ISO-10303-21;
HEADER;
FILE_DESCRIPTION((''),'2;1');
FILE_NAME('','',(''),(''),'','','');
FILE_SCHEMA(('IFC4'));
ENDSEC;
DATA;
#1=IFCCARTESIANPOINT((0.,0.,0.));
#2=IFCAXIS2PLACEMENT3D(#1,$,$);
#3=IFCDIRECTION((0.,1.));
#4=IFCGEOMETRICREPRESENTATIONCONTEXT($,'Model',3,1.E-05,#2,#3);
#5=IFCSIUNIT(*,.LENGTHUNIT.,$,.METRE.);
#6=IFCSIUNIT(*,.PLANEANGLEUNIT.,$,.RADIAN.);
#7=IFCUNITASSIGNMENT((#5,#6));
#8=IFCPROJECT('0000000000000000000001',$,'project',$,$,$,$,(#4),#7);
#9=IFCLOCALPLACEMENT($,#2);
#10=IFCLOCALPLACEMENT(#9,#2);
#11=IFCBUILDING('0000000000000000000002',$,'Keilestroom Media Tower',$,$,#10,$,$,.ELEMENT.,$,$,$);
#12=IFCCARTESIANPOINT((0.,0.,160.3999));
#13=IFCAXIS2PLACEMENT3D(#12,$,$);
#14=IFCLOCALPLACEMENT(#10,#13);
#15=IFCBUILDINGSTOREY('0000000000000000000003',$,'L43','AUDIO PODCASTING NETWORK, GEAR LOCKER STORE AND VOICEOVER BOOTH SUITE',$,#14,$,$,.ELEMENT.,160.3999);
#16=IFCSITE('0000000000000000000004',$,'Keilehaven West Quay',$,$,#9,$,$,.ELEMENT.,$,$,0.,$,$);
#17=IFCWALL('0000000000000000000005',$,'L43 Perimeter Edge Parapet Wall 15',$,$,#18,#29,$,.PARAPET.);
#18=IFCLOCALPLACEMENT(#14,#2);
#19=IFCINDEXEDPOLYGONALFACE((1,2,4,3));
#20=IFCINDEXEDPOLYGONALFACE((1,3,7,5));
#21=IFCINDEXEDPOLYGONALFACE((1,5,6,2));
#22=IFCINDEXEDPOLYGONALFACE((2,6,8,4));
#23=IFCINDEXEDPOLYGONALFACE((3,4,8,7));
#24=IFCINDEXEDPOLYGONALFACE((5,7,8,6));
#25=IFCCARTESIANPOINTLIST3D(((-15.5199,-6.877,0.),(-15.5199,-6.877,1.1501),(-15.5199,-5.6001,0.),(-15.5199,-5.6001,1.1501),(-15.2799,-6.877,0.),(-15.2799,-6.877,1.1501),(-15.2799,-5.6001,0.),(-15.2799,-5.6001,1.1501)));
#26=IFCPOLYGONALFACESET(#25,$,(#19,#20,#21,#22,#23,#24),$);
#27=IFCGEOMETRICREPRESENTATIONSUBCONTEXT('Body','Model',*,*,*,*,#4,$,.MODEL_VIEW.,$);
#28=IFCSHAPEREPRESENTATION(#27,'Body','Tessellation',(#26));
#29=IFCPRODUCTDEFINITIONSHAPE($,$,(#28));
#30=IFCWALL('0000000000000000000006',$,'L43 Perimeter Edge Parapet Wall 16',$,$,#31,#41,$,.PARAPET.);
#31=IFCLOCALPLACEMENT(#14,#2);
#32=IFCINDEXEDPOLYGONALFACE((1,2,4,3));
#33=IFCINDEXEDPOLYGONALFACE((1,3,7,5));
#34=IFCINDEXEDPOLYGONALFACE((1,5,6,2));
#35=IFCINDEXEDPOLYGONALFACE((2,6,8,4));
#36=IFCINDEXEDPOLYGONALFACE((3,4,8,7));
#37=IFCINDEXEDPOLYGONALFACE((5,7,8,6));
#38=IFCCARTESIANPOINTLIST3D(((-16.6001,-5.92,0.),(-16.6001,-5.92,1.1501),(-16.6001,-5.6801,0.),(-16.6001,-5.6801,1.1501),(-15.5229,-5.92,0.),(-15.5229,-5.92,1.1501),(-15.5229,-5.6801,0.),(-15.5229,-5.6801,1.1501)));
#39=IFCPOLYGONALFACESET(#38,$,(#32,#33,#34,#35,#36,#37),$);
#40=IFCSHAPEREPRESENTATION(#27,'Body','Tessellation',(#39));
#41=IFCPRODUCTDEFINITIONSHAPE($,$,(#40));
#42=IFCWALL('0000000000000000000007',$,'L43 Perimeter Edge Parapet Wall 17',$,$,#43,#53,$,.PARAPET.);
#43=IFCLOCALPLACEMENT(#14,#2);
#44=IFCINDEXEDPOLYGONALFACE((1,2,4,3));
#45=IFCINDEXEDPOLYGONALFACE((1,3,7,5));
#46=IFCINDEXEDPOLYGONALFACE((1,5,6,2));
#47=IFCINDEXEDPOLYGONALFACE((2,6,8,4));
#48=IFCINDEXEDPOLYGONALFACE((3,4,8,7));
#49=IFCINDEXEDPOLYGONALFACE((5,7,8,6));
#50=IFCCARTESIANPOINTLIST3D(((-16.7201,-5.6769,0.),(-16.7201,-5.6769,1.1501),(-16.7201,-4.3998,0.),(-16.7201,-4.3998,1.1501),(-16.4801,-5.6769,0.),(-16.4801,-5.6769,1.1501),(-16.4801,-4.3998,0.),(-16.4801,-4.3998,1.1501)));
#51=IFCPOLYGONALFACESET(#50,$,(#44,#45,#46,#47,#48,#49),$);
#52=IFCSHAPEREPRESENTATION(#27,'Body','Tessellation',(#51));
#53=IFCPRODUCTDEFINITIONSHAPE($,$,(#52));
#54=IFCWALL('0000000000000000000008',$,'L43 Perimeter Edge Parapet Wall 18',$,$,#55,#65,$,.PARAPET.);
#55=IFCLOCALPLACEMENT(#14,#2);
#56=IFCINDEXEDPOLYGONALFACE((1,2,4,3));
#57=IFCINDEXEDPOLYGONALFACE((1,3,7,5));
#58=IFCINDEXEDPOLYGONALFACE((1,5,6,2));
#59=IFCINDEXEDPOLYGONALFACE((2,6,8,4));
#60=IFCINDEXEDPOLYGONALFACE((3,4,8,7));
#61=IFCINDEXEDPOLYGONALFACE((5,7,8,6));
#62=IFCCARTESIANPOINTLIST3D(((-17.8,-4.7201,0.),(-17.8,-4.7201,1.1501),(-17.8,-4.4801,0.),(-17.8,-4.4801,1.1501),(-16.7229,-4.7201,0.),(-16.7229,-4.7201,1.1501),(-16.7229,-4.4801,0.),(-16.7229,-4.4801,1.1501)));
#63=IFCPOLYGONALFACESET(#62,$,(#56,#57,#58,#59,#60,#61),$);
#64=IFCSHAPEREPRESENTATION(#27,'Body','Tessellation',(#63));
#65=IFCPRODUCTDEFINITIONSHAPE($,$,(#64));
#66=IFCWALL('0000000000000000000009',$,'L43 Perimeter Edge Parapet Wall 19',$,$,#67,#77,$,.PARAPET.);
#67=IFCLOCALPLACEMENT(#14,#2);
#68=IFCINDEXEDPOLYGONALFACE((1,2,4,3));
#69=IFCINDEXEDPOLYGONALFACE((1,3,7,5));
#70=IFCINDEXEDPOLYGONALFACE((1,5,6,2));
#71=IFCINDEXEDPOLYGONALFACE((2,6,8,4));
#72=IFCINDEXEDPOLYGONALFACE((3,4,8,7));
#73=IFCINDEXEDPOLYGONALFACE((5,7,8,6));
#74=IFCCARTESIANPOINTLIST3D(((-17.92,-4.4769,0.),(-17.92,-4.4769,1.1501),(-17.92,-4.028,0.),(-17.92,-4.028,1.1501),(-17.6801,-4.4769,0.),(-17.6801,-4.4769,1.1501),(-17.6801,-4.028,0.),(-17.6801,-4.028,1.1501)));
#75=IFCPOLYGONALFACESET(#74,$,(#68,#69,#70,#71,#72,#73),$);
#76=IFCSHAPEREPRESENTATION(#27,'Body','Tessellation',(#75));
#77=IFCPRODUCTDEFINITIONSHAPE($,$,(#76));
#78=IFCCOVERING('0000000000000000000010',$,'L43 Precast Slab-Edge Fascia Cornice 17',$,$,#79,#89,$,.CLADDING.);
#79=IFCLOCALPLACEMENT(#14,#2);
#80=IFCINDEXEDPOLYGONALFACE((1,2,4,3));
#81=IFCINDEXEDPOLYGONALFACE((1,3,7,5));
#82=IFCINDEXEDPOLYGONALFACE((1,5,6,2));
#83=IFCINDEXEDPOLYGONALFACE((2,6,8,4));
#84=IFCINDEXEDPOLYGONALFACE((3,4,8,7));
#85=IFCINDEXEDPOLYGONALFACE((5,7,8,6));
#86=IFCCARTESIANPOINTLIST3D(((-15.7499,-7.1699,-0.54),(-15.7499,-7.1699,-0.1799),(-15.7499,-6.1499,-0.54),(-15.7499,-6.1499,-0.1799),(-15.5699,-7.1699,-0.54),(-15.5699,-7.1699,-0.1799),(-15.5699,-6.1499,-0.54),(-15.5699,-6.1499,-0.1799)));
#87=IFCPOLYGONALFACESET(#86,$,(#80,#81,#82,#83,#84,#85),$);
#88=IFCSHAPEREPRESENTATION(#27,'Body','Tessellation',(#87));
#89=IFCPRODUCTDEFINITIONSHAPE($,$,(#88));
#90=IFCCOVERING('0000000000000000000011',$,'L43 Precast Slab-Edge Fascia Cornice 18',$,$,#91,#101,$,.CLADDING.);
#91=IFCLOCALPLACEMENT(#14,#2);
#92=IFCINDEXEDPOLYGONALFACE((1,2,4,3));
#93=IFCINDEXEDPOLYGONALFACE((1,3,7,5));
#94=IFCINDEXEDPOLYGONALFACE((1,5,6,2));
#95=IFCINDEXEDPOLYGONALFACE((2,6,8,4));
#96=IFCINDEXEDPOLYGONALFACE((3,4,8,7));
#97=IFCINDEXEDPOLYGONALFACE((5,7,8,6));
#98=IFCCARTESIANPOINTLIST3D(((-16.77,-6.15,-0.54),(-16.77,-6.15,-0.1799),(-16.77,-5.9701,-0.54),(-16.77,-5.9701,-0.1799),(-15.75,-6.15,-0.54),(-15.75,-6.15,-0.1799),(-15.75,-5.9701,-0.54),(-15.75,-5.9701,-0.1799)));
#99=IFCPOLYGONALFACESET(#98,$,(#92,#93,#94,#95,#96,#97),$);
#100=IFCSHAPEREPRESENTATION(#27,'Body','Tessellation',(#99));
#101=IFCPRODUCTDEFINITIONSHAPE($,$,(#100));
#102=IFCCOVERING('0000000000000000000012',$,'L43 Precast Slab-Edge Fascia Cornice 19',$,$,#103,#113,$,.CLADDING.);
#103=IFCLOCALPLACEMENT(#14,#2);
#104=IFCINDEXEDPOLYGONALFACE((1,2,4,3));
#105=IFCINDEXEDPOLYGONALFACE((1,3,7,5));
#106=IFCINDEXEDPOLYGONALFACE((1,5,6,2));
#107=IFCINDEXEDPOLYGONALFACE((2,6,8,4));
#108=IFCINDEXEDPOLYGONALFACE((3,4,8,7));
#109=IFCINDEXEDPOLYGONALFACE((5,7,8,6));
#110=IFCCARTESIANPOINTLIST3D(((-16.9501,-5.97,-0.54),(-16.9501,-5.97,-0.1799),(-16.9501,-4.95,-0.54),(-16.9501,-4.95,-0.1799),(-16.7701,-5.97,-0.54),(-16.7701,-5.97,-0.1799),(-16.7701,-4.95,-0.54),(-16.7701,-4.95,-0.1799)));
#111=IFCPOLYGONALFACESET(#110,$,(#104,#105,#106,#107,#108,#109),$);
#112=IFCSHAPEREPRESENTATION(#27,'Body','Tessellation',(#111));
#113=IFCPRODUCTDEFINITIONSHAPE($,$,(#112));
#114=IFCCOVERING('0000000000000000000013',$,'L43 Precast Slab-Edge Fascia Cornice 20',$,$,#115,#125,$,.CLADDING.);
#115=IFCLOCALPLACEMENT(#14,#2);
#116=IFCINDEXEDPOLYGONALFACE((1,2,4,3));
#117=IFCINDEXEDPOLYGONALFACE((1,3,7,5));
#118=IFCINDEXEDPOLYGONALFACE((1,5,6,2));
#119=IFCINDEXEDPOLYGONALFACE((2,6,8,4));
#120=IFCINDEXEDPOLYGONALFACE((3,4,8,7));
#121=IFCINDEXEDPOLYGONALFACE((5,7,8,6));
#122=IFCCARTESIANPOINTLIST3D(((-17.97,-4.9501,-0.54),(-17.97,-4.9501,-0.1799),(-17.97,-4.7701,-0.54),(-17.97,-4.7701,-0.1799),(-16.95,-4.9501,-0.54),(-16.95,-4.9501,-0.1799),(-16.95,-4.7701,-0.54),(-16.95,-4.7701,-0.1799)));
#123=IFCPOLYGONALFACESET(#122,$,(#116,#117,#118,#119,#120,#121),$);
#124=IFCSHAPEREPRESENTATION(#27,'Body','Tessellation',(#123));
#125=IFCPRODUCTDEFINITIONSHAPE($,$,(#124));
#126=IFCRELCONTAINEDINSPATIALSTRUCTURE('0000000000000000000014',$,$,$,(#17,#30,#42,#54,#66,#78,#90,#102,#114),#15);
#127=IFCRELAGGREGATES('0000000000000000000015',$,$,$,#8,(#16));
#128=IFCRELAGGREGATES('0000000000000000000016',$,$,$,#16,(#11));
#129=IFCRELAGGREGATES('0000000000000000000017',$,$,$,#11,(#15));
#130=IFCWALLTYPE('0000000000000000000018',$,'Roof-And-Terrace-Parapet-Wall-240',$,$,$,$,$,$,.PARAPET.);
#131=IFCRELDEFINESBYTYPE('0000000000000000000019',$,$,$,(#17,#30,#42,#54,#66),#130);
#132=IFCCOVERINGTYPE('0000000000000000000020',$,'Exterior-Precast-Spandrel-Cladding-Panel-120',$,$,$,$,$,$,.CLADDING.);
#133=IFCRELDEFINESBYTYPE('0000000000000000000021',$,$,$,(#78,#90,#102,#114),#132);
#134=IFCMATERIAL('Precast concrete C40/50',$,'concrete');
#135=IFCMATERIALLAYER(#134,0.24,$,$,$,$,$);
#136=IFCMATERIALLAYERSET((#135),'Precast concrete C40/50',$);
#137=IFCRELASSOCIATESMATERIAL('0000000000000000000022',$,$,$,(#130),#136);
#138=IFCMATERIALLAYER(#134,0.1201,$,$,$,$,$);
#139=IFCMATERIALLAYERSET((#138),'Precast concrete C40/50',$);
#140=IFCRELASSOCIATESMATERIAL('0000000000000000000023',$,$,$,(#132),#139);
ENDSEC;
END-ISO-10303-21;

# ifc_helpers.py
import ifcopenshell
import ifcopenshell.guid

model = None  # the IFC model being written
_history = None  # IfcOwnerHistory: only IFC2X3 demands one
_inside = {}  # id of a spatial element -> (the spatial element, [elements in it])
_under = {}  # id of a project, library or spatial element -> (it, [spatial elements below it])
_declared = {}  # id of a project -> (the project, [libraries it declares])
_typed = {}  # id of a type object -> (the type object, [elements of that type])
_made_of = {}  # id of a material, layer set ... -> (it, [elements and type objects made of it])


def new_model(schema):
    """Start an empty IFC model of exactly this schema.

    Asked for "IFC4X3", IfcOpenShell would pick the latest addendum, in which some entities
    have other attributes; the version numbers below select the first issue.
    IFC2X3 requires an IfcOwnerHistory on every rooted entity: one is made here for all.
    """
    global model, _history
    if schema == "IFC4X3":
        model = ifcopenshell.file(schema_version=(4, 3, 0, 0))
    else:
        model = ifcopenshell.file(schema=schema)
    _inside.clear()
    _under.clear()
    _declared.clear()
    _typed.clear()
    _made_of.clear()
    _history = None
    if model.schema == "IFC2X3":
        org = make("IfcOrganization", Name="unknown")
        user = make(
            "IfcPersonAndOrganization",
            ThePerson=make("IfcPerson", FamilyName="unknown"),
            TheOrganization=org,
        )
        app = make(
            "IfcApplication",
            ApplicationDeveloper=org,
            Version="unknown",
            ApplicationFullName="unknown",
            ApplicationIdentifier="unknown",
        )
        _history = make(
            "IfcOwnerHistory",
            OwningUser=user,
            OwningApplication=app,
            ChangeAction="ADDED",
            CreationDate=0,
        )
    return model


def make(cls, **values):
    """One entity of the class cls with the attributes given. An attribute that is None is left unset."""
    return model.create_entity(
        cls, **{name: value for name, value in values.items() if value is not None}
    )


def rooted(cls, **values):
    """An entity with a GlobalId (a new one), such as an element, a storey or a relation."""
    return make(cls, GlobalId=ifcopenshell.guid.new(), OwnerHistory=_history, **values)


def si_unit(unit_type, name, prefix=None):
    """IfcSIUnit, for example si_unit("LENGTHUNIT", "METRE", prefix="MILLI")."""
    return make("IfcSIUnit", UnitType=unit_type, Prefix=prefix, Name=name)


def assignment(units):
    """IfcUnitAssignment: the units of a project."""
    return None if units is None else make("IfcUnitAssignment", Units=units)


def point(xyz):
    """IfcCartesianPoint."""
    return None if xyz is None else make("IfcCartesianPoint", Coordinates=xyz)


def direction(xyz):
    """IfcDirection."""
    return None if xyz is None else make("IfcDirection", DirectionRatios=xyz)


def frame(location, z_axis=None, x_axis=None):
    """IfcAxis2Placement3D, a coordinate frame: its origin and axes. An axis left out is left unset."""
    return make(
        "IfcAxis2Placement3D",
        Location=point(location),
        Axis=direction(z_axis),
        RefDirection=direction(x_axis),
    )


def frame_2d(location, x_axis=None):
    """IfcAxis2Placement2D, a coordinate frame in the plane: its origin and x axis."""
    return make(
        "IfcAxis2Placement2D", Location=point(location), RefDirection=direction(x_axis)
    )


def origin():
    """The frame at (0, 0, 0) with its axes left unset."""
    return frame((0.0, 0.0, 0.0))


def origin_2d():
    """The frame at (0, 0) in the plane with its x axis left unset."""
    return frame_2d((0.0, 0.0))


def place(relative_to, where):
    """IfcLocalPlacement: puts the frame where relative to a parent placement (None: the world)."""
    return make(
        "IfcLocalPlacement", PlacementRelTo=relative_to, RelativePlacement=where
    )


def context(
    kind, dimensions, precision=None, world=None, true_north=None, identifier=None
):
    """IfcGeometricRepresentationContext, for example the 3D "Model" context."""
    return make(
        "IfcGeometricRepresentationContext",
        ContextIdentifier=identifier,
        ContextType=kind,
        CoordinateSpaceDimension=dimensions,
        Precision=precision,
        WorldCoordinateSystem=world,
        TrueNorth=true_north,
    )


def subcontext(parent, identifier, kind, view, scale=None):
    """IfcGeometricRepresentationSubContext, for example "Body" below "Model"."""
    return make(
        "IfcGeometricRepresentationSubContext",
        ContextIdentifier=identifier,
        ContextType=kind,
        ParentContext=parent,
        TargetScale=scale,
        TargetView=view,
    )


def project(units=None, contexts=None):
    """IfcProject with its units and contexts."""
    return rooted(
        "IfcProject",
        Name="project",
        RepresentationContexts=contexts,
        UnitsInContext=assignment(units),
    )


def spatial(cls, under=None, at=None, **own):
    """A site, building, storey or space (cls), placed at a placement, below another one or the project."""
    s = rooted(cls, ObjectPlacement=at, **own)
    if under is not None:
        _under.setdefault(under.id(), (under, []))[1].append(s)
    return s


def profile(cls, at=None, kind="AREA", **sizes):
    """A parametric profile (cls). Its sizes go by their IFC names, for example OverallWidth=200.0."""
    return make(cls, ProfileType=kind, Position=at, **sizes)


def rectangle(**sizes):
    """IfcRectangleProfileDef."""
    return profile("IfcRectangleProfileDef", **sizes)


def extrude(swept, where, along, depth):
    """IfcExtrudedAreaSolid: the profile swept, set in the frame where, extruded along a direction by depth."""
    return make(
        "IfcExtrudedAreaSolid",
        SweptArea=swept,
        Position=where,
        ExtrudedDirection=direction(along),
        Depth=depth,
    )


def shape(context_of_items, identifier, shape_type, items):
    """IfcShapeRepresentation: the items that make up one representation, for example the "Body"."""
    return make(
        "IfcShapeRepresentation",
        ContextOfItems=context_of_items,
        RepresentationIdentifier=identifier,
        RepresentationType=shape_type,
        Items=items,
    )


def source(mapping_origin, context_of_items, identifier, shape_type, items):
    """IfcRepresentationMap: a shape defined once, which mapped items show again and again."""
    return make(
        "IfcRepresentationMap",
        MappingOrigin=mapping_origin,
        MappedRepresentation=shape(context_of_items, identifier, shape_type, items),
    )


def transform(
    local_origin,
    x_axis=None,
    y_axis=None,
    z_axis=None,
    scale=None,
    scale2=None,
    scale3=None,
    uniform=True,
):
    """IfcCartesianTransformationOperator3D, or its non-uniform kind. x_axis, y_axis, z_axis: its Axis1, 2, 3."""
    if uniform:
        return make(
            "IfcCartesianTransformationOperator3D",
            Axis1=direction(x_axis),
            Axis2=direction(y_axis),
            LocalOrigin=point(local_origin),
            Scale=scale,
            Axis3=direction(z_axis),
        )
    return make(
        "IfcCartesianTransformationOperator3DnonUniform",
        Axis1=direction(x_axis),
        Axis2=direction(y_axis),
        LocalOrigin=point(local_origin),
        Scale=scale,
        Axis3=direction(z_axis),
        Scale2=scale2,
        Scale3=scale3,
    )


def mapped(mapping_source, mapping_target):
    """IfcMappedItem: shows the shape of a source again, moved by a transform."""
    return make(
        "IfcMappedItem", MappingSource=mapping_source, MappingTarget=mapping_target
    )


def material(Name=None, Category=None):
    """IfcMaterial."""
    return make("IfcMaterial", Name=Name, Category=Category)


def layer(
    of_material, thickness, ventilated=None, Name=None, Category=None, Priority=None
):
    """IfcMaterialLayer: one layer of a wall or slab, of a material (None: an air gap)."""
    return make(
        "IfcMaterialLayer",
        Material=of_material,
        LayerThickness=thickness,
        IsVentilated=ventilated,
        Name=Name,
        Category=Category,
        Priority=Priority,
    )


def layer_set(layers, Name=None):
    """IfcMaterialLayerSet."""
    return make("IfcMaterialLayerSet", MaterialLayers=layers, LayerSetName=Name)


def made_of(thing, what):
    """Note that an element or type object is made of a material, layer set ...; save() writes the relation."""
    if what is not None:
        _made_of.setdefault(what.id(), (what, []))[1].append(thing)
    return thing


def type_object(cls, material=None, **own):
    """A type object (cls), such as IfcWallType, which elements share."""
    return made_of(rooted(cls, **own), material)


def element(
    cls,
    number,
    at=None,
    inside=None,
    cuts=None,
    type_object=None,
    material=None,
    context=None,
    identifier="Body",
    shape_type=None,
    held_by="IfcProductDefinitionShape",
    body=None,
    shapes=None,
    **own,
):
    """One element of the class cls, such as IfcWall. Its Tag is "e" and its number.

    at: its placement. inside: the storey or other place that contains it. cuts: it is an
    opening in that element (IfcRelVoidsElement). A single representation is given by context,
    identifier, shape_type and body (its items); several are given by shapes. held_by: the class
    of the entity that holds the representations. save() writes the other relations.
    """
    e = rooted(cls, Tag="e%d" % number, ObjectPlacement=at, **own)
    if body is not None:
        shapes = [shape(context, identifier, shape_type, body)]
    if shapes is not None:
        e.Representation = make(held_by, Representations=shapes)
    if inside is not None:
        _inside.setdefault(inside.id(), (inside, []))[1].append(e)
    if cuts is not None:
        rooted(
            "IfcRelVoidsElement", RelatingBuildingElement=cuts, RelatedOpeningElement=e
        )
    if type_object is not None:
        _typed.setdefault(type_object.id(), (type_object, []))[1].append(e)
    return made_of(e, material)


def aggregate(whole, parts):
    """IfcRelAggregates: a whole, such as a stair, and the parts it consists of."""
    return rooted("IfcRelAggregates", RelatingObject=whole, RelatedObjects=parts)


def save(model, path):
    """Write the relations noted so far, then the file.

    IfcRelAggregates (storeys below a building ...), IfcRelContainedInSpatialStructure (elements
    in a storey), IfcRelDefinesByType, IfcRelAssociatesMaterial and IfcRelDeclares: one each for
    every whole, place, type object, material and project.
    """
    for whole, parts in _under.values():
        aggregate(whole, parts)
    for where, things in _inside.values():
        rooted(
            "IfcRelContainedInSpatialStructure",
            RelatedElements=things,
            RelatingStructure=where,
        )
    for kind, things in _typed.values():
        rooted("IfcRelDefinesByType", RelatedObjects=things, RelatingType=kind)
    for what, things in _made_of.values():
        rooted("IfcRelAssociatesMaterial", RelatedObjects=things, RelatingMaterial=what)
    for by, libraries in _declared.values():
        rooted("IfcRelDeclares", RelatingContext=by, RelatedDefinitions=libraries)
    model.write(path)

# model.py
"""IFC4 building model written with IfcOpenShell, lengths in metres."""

from ifc_helpers import new_model, si_unit, direction, frame, frame_2d, origin, origin_2d, place, context, subcontext, project, spatial, rectangle, extrude, source, transform, mapped, material, layer, layer_set, type_object, element, save


model = new_model("IFC4")

# Units and contexts
model_context = context("Model", 3, precision=1e-05, world=origin(), true_north=direction((0.0, 1.0)))
body_context = subcontext(model_context, "Body", "Model", "MODEL_VIEW")
ifc_project = project(units=[si_unit("LENGTHUNIT", "METRE"), si_unit("PLANEANGLEUNIT", "RADIAN")], contexts=[model_context])

# Site, building, storey
site_placement = place(None, origin())
site = spatial("IfcSite", under=ifc_project, at=site_placement, Name="Keilehaven West Quay", CompositionType="ELEMENT", RefElevation=0.0)
building_placement = place(site_placement, origin())
building = spatial("IfcBuilding", under=site, at=building_placement, Name="Keilestroom Media Tower", CompositionType="ELEMENT")
storey_placement = place(building_placement, frame((0.0, 0.0, 160.3999)))
storey = spatial("IfcBuildingStorey", under=building, at=storey_placement, Name="L43", Description="AUDIO PODCASTING NETWORK, GEAR LOCKER STORE AND VOICEOVER BOOTH SUITE", CompositionType="ELEMENT", Elevation=160.3999)

# Shared definitions
ifc_material_1 = material(Name="Precast concrete C40/50", Category="concrete")

# Walls
ifc_layer_1 = layer(ifc_material_1, 0.24)
ifc_layer_set_1 = layer_set([ifc_layer_1], Name="Precast concrete C40/50")
wall_type = type_object("IfcWallType", Name="Roof-And-Terrace-Parapet-Wall-240", PredefinedType="PARAPET", material=ifc_layer_set_1)
wall_1_placement = place(storey_placement, frame((-15.3999, -6.877, 0.0), z_axis=(0.0, 0.0, 1.0), x_axis=(0.0, 1.0, 0.0)))
element("IfcWall", 1, at=wall_1_placement, inside=storey, type_object=wall_type, Name="L43 Perimeter Edge Parapet Wall 15", PredefinedType="PARAPET", context=body_context, shape_type="SweptSolid", body=[
    extrude(rectangle(XDim=1.2769, YDim=0.24, at=frame_2d((0.6384, 0.0))), origin(), (0.0, 0.0, 1.0), 1.1501),
])
wall_2_placement = place(storey_placement, frame((-15.5229, -5.8, 0.0), z_axis=(0.0, 0.0, 1.0), x_axis=(-1.0, 0.0, 0.0)))
element("IfcWall", 2, at=wall_2_placement, inside=storey, type_object=wall_type, Name="L43 Perimeter Edge Parapet Wall 16", PredefinedType="PARAPET", context=body_context, shape_type="SweptSolid", body=[
    extrude(rectangle(XDim=1.0771, YDim=0.24, at=frame_2d((0.5386, 0.0))), origin(), (0.0, 0.0, 1.0), 1.1501),
])
wall_3_placement = place(storey_placement, frame((-16.6001, -5.677, 0.0), z_axis=(0.0, 0.0, 1.0), x_axis=(0.0, 1.0, 0.0)))
element("IfcWall", 3, at=wall_3_placement, inside=storey, type_object=wall_type, Name="L43 Perimeter Edge Parapet Wall 17", PredefinedType="PARAPET", context=body_context, shape_type="SweptSolid", body=[
    extrude(rectangle(XDim=1.2771, YDim=0.24, at=frame_2d((0.6387, 0.0))), origin(), (0.0, 0.0, 1.0), 1.1501),
])
wall_4_placement = place(storey_placement, frame((-16.7229, -4.6001, 0.0), z_axis=(0.0, 0.0, 1.0), x_axis=(-1.0, 0.0, 0.0)))
element("IfcWall", 4, at=wall_4_placement, inside=storey, type_object=wall_type, Name="L43 Perimeter Edge Parapet Wall 18", PredefinedType="PARAPET", context=body_context, shape_type="SweptSolid", body=[
    extrude(rectangle(XDim=1.0771, YDim=0.24, at=frame_2d((0.5386, 0.0))), origin(), (0.0, 0.0, 1.0), 1.1501),
])
wall_5_placement = place(storey_placement, frame((-17.8, -4.4771, 0.0), z_axis=(0.0, 0.0, 1.0), x_axis=(0.0, 1.0, 0.0)))
element("IfcWall", 5, at=wall_5_placement, inside=storey, type_object=wall_type, Name="L43 Perimeter Edge Parapet Wall 19", PredefinedType="PARAPET", context=body_context, shape_type="SweptSolid", body=[
    extrude(rectangle(XDim=0.449, YDim=0.24, at=frame_2d((0.2246, 0.0))), origin(), (0.0, 0.0, 1.0), 1.1501),
])

# Coverings
ifc_layer_2 = layer(ifc_material_1, 0.1201)
ifc_layer_set_2 = layer_set([ifc_layer_2], Name="Precast concrete C40/50")
covering_type = type_object("IfcCoveringType", Name="Exterior-Precast-Spandrel-Cladding-Panel-120", PredefinedType="CLADDING", material=ifc_layer_set_2)
shared_shape_1 = source(origin(), body_context, "Body", "SweptSolid", [
    extrude(rectangle(XDim=1.02, YDim=0.1799, at=origin_2d()), origin(), (0.0, 0.0, 1.0), 0.3601),
])
for number, where, z_axis, x_axis, name in (
    (6, (-15.6599, -6.6599, -0.54), (0.0, 0.0, 1.0), (0.0, 1.0, 0.0), "L43 Precast Slab-Edge Fascia Cornice 17"),
    (7, (-16.26, -6.0601, -0.54), (0.0, 0.0, 1.0), (-1.0, 0.0, 0.0), "L43 Precast Slab-Edge Fascia Cornice 18"),
    (8, (-16.8601, -5.46, -0.54), (0.0, 0.0, 1.0), (0.0, 1.0, 0.0), "L43 Precast Slab-Edge Fascia Cornice 19"),
    (9, (-17.46, -4.8601, -0.54), (0.0, 0.0, 1.0), (-1.0, 0.0, 0.0), "L43 Precast Slab-Edge Fascia Cornice 20"),
):
    element("IfcCovering", number, at=place(storey_placement, frame(where, z_axis=z_axis, x_axis=x_axis)), inside=storey, type_object=covering_type, Name=name, PredefinedType="CLADDING", context=body_context, shape_type="MappedRepresentation", body=[
        mapped(shared_shape_1, transform((0.0, 0.0, 0.0), x_axis=(1.0, 0.0, 0.0), y_axis=(0.0, 1.0, 0.0), z_axis=(0.0, 0.0, 1.0), scale=1.0)),
    ])

save(model, "model.ifc")
